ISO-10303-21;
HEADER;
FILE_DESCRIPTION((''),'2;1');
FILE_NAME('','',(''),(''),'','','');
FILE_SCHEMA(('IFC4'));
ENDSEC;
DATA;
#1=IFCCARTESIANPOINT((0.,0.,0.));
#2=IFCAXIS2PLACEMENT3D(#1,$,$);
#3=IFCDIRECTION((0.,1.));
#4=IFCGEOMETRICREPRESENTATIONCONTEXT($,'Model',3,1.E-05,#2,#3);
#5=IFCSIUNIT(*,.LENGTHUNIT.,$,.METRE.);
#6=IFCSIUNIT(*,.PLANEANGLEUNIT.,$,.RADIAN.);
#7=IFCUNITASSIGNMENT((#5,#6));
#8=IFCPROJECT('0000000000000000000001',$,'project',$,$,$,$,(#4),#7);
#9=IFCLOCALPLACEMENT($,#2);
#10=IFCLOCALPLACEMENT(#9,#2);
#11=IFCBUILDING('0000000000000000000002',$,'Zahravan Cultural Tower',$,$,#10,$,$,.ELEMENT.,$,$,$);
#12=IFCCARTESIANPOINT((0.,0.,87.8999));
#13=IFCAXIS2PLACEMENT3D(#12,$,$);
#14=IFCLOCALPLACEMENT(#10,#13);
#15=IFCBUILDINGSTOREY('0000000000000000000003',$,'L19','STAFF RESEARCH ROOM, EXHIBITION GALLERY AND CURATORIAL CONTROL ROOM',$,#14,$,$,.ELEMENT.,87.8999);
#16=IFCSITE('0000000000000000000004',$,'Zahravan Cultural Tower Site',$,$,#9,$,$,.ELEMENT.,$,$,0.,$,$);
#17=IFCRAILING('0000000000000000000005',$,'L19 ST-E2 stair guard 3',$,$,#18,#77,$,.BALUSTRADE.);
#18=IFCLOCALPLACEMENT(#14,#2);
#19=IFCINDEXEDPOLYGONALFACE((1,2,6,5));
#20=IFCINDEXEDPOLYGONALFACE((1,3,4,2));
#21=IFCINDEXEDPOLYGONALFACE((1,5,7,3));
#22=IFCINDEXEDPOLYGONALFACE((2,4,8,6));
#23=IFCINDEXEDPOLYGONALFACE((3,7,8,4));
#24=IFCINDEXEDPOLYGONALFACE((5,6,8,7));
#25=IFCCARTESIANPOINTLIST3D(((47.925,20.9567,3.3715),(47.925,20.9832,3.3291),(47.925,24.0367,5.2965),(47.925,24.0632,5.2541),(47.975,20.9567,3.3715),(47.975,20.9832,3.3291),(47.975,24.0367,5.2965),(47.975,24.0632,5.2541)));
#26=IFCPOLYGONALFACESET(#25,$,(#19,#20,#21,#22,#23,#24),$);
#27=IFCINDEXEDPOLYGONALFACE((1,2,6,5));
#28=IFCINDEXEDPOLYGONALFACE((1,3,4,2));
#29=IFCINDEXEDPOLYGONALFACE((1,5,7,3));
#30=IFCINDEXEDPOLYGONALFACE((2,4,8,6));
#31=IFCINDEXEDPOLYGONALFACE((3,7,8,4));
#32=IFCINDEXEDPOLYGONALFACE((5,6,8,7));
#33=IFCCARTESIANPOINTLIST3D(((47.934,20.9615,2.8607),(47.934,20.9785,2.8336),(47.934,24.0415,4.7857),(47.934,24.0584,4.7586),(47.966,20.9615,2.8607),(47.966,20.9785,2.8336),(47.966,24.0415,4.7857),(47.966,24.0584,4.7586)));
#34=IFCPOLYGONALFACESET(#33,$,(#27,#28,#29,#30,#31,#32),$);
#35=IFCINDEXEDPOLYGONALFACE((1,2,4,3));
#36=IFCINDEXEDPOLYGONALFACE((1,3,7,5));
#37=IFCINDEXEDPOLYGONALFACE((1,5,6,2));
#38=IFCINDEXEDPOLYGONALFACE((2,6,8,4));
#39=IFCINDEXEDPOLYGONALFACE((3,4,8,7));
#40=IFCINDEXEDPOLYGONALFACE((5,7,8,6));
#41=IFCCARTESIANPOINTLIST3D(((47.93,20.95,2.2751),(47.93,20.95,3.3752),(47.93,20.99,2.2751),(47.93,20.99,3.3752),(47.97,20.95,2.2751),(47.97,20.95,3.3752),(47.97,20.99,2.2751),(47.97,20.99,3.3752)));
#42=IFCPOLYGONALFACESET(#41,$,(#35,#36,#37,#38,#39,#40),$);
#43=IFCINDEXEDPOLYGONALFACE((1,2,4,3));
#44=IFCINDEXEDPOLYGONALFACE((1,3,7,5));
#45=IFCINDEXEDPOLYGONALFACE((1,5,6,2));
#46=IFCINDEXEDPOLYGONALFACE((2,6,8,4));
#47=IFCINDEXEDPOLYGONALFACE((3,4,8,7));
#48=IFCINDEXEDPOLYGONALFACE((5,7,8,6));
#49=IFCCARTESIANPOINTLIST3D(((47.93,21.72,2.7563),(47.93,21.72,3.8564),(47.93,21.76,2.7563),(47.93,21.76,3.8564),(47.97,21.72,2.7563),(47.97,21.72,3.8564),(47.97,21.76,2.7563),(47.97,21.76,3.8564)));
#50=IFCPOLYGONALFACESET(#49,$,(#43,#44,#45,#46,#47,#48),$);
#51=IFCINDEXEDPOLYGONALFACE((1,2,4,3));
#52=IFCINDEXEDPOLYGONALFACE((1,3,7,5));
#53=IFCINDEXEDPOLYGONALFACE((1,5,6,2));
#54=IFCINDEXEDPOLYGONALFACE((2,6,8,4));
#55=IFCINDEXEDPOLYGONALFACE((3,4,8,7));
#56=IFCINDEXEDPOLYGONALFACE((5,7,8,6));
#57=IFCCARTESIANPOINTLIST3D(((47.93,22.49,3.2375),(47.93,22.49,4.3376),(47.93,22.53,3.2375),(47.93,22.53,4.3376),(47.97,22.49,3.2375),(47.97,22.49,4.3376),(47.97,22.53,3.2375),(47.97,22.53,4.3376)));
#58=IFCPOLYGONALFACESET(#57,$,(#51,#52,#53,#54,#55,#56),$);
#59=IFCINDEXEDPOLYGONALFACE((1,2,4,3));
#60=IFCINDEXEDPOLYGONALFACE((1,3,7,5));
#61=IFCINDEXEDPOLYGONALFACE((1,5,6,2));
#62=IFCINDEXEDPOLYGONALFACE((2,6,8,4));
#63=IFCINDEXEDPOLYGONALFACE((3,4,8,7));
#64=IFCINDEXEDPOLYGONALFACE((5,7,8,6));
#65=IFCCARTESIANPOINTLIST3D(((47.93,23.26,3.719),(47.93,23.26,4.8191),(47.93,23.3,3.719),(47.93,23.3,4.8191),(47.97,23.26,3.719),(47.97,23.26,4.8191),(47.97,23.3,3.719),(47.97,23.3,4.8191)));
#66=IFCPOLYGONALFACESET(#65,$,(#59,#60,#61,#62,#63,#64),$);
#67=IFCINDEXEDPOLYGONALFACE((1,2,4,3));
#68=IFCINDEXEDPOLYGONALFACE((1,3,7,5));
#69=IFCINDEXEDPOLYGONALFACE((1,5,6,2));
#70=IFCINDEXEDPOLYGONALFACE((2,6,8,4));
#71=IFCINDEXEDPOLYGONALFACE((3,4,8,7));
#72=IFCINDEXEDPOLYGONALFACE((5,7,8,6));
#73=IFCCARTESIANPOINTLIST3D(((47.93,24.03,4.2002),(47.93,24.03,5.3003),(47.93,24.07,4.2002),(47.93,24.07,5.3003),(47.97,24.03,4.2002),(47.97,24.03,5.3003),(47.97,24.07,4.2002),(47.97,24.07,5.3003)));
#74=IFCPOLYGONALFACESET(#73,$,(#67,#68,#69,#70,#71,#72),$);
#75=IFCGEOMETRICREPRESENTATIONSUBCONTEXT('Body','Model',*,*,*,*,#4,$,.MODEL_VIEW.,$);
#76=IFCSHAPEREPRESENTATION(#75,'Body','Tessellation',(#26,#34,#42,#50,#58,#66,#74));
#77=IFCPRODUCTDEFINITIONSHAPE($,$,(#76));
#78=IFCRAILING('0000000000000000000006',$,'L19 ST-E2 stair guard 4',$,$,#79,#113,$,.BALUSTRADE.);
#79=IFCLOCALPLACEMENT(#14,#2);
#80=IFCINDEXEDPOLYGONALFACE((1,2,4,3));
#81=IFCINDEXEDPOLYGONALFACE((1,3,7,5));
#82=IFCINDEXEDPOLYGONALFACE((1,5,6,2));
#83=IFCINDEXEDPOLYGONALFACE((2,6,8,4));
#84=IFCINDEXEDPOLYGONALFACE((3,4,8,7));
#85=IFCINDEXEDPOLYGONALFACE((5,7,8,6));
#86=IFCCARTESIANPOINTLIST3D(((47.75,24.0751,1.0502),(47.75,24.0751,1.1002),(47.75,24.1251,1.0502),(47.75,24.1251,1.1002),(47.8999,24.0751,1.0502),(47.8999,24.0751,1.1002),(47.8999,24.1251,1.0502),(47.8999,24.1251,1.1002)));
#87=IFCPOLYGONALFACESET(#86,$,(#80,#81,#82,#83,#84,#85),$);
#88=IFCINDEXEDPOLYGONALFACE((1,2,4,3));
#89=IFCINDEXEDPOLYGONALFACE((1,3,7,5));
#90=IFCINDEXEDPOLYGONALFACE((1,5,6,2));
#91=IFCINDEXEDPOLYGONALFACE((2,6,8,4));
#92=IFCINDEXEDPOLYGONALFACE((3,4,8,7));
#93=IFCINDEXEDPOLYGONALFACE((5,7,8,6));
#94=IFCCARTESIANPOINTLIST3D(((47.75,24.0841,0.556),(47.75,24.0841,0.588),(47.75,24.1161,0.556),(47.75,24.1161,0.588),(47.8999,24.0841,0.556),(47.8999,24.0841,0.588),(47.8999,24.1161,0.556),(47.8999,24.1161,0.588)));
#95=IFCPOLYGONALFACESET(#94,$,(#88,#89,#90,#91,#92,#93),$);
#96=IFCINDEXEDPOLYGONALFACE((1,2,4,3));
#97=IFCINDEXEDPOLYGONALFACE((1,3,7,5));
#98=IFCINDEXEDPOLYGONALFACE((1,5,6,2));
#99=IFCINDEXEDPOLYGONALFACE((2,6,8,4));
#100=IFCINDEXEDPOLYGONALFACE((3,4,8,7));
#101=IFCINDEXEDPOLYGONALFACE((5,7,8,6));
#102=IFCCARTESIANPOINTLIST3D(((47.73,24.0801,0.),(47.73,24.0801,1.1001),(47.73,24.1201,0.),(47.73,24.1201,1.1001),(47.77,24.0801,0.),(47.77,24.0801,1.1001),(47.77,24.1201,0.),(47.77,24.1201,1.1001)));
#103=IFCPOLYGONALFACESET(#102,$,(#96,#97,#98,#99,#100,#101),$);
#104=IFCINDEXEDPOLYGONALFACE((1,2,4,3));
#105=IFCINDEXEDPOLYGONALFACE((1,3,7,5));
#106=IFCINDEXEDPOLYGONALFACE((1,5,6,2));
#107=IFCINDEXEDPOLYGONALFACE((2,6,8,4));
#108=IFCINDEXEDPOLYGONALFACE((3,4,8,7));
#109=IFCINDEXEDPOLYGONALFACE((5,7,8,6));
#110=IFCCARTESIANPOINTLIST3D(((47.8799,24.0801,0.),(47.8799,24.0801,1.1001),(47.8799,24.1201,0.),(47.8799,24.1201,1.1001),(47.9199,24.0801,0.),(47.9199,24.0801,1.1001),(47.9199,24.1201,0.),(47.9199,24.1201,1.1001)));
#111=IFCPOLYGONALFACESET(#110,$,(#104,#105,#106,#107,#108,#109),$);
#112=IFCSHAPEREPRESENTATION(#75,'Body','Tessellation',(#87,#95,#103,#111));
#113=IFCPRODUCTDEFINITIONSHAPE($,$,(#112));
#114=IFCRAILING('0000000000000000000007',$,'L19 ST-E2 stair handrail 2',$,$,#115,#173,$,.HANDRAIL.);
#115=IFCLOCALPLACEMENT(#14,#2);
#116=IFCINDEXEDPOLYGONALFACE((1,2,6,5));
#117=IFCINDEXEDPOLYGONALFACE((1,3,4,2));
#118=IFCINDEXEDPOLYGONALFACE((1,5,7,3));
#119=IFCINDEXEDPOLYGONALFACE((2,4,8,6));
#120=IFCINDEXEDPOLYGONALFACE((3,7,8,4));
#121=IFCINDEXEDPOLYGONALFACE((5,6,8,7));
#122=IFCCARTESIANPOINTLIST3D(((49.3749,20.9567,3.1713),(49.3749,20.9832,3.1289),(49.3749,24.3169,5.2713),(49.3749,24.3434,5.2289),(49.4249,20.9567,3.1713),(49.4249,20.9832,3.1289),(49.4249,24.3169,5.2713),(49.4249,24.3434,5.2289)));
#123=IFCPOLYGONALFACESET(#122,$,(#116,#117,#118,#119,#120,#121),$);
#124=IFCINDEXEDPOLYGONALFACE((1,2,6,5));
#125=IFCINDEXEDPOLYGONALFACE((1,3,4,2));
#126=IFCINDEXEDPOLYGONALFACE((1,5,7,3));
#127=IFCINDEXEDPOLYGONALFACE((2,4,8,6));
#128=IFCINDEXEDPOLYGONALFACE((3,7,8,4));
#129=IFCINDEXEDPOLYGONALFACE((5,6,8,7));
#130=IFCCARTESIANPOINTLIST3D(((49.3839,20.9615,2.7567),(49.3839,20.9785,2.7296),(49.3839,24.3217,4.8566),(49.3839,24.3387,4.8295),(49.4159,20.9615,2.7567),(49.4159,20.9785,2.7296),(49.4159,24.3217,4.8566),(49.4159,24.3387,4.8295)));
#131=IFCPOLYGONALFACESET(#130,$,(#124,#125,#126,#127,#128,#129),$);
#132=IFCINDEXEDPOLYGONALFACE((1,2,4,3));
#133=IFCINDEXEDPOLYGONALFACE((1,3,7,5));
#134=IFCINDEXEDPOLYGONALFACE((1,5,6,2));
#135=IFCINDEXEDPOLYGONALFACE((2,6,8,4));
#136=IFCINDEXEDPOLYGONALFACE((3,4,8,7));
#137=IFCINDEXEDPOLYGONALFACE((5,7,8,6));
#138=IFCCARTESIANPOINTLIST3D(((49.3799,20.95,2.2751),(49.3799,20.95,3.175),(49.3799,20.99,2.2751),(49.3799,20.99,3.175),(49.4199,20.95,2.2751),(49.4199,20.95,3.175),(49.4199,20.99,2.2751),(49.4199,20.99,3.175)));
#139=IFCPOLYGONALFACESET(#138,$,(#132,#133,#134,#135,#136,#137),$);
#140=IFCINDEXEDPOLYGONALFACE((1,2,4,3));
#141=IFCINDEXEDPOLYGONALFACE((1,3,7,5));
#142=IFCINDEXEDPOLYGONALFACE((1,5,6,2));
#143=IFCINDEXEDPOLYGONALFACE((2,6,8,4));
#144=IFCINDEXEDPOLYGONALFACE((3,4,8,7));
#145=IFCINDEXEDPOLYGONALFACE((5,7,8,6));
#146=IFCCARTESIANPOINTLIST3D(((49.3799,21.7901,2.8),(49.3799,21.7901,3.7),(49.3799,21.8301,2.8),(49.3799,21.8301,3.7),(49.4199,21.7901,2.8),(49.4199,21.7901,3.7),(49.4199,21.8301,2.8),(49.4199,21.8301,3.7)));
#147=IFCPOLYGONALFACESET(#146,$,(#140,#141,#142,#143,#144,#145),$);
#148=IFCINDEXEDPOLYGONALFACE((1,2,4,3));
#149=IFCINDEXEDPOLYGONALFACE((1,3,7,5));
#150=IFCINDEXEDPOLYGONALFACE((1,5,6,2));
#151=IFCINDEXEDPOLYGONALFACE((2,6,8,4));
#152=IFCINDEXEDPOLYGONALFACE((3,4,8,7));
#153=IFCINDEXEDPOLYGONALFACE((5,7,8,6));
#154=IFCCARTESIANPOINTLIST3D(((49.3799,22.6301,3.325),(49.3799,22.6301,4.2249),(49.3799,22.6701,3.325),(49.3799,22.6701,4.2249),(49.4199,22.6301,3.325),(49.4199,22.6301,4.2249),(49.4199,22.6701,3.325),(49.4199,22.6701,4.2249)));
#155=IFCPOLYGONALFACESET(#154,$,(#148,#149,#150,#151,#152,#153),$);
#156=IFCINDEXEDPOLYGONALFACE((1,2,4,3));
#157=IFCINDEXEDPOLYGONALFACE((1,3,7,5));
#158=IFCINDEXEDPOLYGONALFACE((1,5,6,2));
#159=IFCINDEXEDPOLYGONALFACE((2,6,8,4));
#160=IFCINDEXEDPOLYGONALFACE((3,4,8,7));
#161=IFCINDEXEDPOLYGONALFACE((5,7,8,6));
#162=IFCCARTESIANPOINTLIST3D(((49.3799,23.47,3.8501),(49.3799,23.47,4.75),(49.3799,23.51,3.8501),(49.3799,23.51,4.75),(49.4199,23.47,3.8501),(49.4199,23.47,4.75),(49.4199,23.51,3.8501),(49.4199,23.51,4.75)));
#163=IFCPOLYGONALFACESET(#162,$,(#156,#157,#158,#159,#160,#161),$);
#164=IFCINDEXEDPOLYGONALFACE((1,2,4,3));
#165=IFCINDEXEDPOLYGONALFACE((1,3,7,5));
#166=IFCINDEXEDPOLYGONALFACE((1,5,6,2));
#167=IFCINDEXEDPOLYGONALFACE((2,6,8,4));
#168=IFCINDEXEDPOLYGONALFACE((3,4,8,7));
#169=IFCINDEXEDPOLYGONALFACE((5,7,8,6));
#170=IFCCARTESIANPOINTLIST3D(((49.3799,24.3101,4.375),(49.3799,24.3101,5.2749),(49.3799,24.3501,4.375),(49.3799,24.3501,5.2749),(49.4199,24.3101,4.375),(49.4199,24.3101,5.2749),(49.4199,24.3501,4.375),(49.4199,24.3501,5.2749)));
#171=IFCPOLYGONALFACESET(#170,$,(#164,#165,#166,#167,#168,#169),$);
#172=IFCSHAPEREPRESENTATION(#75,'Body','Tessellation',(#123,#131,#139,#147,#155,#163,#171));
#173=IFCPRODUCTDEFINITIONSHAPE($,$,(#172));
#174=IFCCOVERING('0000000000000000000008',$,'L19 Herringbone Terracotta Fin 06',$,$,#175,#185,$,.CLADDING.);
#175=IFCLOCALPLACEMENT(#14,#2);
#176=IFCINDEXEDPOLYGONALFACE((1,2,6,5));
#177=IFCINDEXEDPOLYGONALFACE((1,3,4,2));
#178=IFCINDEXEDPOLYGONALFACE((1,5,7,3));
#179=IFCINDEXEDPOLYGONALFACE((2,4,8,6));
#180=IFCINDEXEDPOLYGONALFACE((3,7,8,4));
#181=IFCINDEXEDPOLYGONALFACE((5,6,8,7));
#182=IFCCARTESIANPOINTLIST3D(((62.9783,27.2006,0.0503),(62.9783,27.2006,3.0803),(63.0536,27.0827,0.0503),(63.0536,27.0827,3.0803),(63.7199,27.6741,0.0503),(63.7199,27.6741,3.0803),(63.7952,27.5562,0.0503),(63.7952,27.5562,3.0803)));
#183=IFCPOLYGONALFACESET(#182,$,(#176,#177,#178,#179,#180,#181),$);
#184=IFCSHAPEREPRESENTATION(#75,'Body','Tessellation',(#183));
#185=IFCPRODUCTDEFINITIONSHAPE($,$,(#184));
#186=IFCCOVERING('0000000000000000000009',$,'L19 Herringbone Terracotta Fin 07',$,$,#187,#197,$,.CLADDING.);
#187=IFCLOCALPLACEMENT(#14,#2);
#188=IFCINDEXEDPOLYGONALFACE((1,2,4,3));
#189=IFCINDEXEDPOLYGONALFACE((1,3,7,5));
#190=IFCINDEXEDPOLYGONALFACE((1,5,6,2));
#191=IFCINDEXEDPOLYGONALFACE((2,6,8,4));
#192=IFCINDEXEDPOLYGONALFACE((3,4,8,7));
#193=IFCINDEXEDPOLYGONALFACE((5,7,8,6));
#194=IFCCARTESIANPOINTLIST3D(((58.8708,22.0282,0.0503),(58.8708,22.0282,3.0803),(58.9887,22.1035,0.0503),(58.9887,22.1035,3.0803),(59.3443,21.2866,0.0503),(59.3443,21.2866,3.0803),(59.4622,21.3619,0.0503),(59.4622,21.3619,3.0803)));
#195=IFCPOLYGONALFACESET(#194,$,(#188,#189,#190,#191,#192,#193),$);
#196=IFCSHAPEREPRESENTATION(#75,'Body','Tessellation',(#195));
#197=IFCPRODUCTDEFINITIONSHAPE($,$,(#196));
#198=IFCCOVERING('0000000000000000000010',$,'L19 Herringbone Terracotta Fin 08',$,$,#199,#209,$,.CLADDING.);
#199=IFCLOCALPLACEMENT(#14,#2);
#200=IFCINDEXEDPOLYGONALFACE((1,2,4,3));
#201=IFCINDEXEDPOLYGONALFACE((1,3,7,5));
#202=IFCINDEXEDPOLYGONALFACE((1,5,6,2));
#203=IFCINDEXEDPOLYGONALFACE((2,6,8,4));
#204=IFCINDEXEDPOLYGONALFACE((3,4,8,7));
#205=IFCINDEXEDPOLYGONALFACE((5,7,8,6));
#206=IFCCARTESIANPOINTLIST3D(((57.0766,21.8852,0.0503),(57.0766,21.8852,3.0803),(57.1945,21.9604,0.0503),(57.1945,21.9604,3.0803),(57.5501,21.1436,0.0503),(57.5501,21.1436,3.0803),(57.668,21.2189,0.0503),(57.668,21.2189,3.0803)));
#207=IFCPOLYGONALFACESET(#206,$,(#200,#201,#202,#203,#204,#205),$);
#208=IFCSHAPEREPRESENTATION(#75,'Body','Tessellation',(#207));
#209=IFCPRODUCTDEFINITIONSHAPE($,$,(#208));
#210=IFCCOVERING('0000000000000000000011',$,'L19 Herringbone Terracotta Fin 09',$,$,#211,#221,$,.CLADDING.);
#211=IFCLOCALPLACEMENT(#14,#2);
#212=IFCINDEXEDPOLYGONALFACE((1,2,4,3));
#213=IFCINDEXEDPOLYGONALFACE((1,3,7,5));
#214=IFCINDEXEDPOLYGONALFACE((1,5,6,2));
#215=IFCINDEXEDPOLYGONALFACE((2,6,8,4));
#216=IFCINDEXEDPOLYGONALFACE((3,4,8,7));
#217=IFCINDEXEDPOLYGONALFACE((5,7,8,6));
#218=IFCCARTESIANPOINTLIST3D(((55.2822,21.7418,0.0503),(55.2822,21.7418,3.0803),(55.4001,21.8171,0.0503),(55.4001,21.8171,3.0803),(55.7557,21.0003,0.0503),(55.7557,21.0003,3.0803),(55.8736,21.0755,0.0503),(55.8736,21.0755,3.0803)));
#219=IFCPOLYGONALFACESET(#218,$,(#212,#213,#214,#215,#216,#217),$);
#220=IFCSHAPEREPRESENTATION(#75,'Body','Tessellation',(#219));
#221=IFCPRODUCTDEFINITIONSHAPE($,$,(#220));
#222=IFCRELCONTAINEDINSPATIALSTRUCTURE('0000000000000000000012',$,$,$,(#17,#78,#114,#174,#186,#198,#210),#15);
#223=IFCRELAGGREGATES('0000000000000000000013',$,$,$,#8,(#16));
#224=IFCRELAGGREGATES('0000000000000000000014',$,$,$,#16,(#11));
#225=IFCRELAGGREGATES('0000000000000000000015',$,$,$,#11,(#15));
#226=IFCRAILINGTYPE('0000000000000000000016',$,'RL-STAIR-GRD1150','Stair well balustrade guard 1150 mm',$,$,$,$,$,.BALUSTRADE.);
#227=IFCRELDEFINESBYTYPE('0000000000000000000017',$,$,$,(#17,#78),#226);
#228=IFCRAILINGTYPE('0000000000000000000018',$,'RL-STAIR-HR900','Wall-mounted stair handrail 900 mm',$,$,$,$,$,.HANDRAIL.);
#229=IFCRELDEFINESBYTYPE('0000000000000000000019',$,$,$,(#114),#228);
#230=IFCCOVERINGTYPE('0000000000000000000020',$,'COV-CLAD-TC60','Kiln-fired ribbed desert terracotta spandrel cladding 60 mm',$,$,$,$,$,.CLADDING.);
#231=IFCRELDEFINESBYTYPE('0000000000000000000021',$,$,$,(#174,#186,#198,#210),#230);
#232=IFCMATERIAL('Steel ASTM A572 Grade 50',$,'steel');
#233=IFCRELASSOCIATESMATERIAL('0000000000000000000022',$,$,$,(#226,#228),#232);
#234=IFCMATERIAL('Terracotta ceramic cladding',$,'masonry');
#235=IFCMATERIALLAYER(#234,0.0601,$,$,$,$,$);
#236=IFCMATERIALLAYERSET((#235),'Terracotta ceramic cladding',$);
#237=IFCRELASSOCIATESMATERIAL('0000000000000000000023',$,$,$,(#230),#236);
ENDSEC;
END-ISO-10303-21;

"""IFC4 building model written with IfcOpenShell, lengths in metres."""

from ifc_helpers import new_model, si_unit, direction, frame, origin, origin_2d, place, context, subcontext, project, spatial, rectangle, extrude, source, transform, mapped, material, layer, layer_set, type_object, element, save


model = new_model("IFC4")

# Units and contexts
model_context = context("Model", 3, precision=1e-05, world=origin(), true_north=direction((0.0, 1.0)))
body_context = subcontext(model_context, "Body", "Model", "MODEL_VIEW")
ifc_project = project(units=[si_unit("LENGTHUNIT", "METRE"), si_unit("PLANEANGLEUNIT", "RADIAN")], contexts=[model_context])

# Site, building, storey
site_placement = place(None, origin())
site = spatial("IfcSite", under=ifc_project, at=site_placement, Name="Zahravan Cultural Tower Site", CompositionType="ELEMENT", RefElevation=0.0)
building_placement = place(site_placement, origin())
building = spatial("IfcBuilding", under=site, at=building_placement, Name="Zahravan Cultural Tower", CompositionType="ELEMENT")
storey_placement = place(building_placement, frame((0.0, 0.0, 87.8999)))
storey = spatial("IfcBuildingStorey", under=building, at=storey_placement, Name="L19", Description="STAFF RESEARCH ROOM, EXHIBITION GALLERY AND CURATORIAL CONTROL ROOM", CompositionType="ELEMENT", Elevation=87.8999)

# Railings
ifc_material_1 = material(Name="Steel ASTM A572 Grade 50", Category="steel")
railing_type_1 = type_object("IfcRailingType", Name="RL-STAIR-GRD1150", Description="Stair well balustrade guard 1150 mm", PredefinedType="BALUSTRADE", material=ifc_material_1)
railing_1_placement = place(storey_placement, frame((47.95, 20.97, 2.2751)))
element("IfcRailing", 1, at=railing_1_placement, inside=storey, type_object=railing_type_1, Name="L19 ST-E2 stair guard 3", PredefinedType="BALUSTRADE", context=body_context, shape_type="SweptSolid", body=[
    extrude(rectangle(XDim=0.05, YDim=0.05, at=origin_2d()), frame((0.0, 0.0, 1.0752), z_axis=(0.0, 0.847998, 0.529999), x_axis=(-1.0, 0.0, 0.0)), (0.0, 0.0, 1.0), 3.6321),
    extrude(rectangle(XDim=0.032, YDim=0.032, at=origin_2d()), frame((0.0, 0.0, 0.572), z_axis=(0.0, 0.847998, 0.529999), x_axis=(-1.0, 0.0, 0.0)), (0.0, 0.0, 1.0), 3.6321),
    extrude(rectangle(XDim=0.04, YDim=0.04, at=origin_2d()), origin(), (0.0, 0.0, 1.0), 1.1001),
    extrude(rectangle(XDim=0.04, YDim=0.04, at=origin_2d()), frame((0.0, 0.77, 0.4812)), (0.0, 0.0, 1.0), 1.1001),
    extrude(rectangle(XDim=0.04, YDim=0.04, at=origin_2d()), frame((0.0, 1.54, 0.9624)), (0.0, 0.0, 1.0), 1.1001),
    extrude(rectangle(XDim=0.04, YDim=0.04, at=origin_2d()), frame((0.0, 2.3101, 1.4438)), (0.0, 0.0, 1.0), 1.1001),
    extrude(rectangle(XDim=0.04, YDim=0.04, at=origin_2d()), frame((0.0, 3.0801, 1.925)), (0.0, 0.0, 1.0), 1.1001),
])
railing_2_placement = place(storey_placement, frame((47.75, 24.1001, 0.0)))
element("IfcRailing", 2, at=railing_2_placement, inside=storey, type_object=railing_type_1, Name="L19 ST-E2 stair guard 4", PredefinedType="BALUSTRADE", context=body_context, shape_type="SweptSolid", body=[
    extrude(rectangle(XDim=0.05, YDim=0.05, at=origin_2d()), frame((0.0, 0.0, 1.0752), z_axis=(1.0, 0.0, 0.0), x_axis=(0.0, 1.0, 0.0)), (0.0, 0.0, 1.0), 0.1499),
    extrude(rectangle(XDim=0.032, YDim=0.032, at=origin_2d()), frame((0.0, 0.0, 0.572), z_axis=(1.0, 0.0, 0.0), x_axis=(0.0, 1.0, 0.0)), (0.0, 0.0, 1.0), 0.1499),
    extrude(rectangle(XDim=0.04, YDim=0.04, at=origin_2d()), origin(), (0.0, 0.0, 1.0), 1.1001),
    extrude(rectangle(XDim=0.04, YDim=0.04, at=origin_2d()), frame((0.1499, 0.0, 0.0)), (0.0, 0.0, 1.0), 1.1001),
])
railing_type_2 = type_object("IfcRailingType", Name="RL-STAIR-HR900", Description="Wall-mounted stair handrail 900 mm", PredefinedType="HANDRAIL", material=ifc_material_1)
railing_3_placement = place(storey_placement, frame((49.3999, 20.97, 2.2751)))
element("IfcRailing", 3, at=railing_3_placement, inside=storey, type_object=railing_type_2, Name="L19 ST-E2 stair handrail 2", PredefinedType="HANDRAIL", context=body_context, shape_type="SweptSolid", body=[
    extrude(rectangle(XDim=0.05, YDim=0.05, at=origin_2d()), frame((0.0, 0.0, 0.875), z_axis=(0.0, 0.848023, 0.52996), x_axis=(-1.0, 0.0, 0.0)), (0.0, 0.0, 1.0), 3.9624),
    extrude(rectangle(XDim=0.032, YDim=0.032, at=origin_2d()), frame((0.0, 0.0, 0.468), z_axis=(0.0, 0.848023, 0.52996), x_axis=(-1.0, 0.0, 0.0)), (0.0, 0.0, 1.0), 3.9624),
    extrude(rectangle(XDim=0.04, YDim=0.04, at=origin_2d()), origin(), (0.0, 0.0, 1.0), 0.8999),
    extrude(rectangle(XDim=0.04, YDim=0.04, at=origin_2d()), frame((0.0, 0.8401, 0.5249)), (0.0, 0.0, 1.0), 0.8999),
    extrude(rectangle(XDim=0.04, YDim=0.04, at=origin_2d()), frame((0.0, 1.6802, 1.0498)), (0.0, 0.0, 1.0), 0.8999),
    extrude(rectangle(XDim=0.04, YDim=0.04, at=origin_2d()), frame((0.0, 2.52, 1.575)), (0.0, 0.0, 1.0), 0.8999),
    extrude(rectangle(XDim=0.04, YDim=0.04, at=origin_2d()), frame((0.0, 3.3601, 2.0999)), (0.0, 0.0, 1.0), 0.8999),
])

# Coverings
ifc_material_2 = material(Name="Terracotta ceramic cladding", Category="masonry")
ifc_layer_1 = layer(ifc_material_2, 0.0601)
ifc_layer_set_1 = layer_set([ifc_layer_1], Name="Terracotta ceramic cladding")
covering_type = type_object("IfcCoveringType", Name="COV-CLAD-TC60", Description="Kiln-fired ribbed desert terracotta spandrel cladding 60 mm", PredefinedType="CLADDING", material=ifc_layer_set_1)
shared_shape_1 = source(origin(), body_context, "Body", "SweptSolid", [
    extrude(rectangle(XDim=0.8799, YDim=0.1399, at=origin_2d()), origin(), (0.0, 0.0, 1.0), 3.03),
])
for number, where, z_axis, x_axis, name in (
    (4, (63.3867, 27.3784, 0.0503), (0.0, 0.0, 1.0), (0.842828, 0.538183, 0.0), "L19 Herringbone Terracotta Fin 06"),
    (5, (59.1665, 21.6951, 0.0503), (0.0, 0.0, 1.0), (0.538183, -0.842828, 0.0), "L19 Herringbone Terracotta Fin 07"),
    (6, (57.3723, 21.552, 0.0503), (0.0, 0.0, 1.0), (0.538183, -0.842828, 0.0), "L19 Herringbone Terracotta Fin 08"),
    (7, (55.5779, 21.4087, 0.0503), (0.0, 0.0, 1.0), (0.538183, -0.842828, 0.0), "L19 Herringbone Terracotta Fin 09"),
):
    element("IfcCovering", number, at=place(storey_placement, frame(where, z_axis=z_axis, x_axis=x_axis)), inside=storey, type_object=covering_type, Name=name, PredefinedType="CLADDING", context=body_context, shape_type="MappedRepresentation", body=[
        mapped(shared_shape_1, transform((0.0, 0.0, 0.0), x_axis=(1.0, 0.0, 0.0), y_axis=(0.0, 1.0, 0.0), z_axis=(0.0, 0.0, 1.0), scale=1.0)),
    ])

save(model, "model.ifc")
